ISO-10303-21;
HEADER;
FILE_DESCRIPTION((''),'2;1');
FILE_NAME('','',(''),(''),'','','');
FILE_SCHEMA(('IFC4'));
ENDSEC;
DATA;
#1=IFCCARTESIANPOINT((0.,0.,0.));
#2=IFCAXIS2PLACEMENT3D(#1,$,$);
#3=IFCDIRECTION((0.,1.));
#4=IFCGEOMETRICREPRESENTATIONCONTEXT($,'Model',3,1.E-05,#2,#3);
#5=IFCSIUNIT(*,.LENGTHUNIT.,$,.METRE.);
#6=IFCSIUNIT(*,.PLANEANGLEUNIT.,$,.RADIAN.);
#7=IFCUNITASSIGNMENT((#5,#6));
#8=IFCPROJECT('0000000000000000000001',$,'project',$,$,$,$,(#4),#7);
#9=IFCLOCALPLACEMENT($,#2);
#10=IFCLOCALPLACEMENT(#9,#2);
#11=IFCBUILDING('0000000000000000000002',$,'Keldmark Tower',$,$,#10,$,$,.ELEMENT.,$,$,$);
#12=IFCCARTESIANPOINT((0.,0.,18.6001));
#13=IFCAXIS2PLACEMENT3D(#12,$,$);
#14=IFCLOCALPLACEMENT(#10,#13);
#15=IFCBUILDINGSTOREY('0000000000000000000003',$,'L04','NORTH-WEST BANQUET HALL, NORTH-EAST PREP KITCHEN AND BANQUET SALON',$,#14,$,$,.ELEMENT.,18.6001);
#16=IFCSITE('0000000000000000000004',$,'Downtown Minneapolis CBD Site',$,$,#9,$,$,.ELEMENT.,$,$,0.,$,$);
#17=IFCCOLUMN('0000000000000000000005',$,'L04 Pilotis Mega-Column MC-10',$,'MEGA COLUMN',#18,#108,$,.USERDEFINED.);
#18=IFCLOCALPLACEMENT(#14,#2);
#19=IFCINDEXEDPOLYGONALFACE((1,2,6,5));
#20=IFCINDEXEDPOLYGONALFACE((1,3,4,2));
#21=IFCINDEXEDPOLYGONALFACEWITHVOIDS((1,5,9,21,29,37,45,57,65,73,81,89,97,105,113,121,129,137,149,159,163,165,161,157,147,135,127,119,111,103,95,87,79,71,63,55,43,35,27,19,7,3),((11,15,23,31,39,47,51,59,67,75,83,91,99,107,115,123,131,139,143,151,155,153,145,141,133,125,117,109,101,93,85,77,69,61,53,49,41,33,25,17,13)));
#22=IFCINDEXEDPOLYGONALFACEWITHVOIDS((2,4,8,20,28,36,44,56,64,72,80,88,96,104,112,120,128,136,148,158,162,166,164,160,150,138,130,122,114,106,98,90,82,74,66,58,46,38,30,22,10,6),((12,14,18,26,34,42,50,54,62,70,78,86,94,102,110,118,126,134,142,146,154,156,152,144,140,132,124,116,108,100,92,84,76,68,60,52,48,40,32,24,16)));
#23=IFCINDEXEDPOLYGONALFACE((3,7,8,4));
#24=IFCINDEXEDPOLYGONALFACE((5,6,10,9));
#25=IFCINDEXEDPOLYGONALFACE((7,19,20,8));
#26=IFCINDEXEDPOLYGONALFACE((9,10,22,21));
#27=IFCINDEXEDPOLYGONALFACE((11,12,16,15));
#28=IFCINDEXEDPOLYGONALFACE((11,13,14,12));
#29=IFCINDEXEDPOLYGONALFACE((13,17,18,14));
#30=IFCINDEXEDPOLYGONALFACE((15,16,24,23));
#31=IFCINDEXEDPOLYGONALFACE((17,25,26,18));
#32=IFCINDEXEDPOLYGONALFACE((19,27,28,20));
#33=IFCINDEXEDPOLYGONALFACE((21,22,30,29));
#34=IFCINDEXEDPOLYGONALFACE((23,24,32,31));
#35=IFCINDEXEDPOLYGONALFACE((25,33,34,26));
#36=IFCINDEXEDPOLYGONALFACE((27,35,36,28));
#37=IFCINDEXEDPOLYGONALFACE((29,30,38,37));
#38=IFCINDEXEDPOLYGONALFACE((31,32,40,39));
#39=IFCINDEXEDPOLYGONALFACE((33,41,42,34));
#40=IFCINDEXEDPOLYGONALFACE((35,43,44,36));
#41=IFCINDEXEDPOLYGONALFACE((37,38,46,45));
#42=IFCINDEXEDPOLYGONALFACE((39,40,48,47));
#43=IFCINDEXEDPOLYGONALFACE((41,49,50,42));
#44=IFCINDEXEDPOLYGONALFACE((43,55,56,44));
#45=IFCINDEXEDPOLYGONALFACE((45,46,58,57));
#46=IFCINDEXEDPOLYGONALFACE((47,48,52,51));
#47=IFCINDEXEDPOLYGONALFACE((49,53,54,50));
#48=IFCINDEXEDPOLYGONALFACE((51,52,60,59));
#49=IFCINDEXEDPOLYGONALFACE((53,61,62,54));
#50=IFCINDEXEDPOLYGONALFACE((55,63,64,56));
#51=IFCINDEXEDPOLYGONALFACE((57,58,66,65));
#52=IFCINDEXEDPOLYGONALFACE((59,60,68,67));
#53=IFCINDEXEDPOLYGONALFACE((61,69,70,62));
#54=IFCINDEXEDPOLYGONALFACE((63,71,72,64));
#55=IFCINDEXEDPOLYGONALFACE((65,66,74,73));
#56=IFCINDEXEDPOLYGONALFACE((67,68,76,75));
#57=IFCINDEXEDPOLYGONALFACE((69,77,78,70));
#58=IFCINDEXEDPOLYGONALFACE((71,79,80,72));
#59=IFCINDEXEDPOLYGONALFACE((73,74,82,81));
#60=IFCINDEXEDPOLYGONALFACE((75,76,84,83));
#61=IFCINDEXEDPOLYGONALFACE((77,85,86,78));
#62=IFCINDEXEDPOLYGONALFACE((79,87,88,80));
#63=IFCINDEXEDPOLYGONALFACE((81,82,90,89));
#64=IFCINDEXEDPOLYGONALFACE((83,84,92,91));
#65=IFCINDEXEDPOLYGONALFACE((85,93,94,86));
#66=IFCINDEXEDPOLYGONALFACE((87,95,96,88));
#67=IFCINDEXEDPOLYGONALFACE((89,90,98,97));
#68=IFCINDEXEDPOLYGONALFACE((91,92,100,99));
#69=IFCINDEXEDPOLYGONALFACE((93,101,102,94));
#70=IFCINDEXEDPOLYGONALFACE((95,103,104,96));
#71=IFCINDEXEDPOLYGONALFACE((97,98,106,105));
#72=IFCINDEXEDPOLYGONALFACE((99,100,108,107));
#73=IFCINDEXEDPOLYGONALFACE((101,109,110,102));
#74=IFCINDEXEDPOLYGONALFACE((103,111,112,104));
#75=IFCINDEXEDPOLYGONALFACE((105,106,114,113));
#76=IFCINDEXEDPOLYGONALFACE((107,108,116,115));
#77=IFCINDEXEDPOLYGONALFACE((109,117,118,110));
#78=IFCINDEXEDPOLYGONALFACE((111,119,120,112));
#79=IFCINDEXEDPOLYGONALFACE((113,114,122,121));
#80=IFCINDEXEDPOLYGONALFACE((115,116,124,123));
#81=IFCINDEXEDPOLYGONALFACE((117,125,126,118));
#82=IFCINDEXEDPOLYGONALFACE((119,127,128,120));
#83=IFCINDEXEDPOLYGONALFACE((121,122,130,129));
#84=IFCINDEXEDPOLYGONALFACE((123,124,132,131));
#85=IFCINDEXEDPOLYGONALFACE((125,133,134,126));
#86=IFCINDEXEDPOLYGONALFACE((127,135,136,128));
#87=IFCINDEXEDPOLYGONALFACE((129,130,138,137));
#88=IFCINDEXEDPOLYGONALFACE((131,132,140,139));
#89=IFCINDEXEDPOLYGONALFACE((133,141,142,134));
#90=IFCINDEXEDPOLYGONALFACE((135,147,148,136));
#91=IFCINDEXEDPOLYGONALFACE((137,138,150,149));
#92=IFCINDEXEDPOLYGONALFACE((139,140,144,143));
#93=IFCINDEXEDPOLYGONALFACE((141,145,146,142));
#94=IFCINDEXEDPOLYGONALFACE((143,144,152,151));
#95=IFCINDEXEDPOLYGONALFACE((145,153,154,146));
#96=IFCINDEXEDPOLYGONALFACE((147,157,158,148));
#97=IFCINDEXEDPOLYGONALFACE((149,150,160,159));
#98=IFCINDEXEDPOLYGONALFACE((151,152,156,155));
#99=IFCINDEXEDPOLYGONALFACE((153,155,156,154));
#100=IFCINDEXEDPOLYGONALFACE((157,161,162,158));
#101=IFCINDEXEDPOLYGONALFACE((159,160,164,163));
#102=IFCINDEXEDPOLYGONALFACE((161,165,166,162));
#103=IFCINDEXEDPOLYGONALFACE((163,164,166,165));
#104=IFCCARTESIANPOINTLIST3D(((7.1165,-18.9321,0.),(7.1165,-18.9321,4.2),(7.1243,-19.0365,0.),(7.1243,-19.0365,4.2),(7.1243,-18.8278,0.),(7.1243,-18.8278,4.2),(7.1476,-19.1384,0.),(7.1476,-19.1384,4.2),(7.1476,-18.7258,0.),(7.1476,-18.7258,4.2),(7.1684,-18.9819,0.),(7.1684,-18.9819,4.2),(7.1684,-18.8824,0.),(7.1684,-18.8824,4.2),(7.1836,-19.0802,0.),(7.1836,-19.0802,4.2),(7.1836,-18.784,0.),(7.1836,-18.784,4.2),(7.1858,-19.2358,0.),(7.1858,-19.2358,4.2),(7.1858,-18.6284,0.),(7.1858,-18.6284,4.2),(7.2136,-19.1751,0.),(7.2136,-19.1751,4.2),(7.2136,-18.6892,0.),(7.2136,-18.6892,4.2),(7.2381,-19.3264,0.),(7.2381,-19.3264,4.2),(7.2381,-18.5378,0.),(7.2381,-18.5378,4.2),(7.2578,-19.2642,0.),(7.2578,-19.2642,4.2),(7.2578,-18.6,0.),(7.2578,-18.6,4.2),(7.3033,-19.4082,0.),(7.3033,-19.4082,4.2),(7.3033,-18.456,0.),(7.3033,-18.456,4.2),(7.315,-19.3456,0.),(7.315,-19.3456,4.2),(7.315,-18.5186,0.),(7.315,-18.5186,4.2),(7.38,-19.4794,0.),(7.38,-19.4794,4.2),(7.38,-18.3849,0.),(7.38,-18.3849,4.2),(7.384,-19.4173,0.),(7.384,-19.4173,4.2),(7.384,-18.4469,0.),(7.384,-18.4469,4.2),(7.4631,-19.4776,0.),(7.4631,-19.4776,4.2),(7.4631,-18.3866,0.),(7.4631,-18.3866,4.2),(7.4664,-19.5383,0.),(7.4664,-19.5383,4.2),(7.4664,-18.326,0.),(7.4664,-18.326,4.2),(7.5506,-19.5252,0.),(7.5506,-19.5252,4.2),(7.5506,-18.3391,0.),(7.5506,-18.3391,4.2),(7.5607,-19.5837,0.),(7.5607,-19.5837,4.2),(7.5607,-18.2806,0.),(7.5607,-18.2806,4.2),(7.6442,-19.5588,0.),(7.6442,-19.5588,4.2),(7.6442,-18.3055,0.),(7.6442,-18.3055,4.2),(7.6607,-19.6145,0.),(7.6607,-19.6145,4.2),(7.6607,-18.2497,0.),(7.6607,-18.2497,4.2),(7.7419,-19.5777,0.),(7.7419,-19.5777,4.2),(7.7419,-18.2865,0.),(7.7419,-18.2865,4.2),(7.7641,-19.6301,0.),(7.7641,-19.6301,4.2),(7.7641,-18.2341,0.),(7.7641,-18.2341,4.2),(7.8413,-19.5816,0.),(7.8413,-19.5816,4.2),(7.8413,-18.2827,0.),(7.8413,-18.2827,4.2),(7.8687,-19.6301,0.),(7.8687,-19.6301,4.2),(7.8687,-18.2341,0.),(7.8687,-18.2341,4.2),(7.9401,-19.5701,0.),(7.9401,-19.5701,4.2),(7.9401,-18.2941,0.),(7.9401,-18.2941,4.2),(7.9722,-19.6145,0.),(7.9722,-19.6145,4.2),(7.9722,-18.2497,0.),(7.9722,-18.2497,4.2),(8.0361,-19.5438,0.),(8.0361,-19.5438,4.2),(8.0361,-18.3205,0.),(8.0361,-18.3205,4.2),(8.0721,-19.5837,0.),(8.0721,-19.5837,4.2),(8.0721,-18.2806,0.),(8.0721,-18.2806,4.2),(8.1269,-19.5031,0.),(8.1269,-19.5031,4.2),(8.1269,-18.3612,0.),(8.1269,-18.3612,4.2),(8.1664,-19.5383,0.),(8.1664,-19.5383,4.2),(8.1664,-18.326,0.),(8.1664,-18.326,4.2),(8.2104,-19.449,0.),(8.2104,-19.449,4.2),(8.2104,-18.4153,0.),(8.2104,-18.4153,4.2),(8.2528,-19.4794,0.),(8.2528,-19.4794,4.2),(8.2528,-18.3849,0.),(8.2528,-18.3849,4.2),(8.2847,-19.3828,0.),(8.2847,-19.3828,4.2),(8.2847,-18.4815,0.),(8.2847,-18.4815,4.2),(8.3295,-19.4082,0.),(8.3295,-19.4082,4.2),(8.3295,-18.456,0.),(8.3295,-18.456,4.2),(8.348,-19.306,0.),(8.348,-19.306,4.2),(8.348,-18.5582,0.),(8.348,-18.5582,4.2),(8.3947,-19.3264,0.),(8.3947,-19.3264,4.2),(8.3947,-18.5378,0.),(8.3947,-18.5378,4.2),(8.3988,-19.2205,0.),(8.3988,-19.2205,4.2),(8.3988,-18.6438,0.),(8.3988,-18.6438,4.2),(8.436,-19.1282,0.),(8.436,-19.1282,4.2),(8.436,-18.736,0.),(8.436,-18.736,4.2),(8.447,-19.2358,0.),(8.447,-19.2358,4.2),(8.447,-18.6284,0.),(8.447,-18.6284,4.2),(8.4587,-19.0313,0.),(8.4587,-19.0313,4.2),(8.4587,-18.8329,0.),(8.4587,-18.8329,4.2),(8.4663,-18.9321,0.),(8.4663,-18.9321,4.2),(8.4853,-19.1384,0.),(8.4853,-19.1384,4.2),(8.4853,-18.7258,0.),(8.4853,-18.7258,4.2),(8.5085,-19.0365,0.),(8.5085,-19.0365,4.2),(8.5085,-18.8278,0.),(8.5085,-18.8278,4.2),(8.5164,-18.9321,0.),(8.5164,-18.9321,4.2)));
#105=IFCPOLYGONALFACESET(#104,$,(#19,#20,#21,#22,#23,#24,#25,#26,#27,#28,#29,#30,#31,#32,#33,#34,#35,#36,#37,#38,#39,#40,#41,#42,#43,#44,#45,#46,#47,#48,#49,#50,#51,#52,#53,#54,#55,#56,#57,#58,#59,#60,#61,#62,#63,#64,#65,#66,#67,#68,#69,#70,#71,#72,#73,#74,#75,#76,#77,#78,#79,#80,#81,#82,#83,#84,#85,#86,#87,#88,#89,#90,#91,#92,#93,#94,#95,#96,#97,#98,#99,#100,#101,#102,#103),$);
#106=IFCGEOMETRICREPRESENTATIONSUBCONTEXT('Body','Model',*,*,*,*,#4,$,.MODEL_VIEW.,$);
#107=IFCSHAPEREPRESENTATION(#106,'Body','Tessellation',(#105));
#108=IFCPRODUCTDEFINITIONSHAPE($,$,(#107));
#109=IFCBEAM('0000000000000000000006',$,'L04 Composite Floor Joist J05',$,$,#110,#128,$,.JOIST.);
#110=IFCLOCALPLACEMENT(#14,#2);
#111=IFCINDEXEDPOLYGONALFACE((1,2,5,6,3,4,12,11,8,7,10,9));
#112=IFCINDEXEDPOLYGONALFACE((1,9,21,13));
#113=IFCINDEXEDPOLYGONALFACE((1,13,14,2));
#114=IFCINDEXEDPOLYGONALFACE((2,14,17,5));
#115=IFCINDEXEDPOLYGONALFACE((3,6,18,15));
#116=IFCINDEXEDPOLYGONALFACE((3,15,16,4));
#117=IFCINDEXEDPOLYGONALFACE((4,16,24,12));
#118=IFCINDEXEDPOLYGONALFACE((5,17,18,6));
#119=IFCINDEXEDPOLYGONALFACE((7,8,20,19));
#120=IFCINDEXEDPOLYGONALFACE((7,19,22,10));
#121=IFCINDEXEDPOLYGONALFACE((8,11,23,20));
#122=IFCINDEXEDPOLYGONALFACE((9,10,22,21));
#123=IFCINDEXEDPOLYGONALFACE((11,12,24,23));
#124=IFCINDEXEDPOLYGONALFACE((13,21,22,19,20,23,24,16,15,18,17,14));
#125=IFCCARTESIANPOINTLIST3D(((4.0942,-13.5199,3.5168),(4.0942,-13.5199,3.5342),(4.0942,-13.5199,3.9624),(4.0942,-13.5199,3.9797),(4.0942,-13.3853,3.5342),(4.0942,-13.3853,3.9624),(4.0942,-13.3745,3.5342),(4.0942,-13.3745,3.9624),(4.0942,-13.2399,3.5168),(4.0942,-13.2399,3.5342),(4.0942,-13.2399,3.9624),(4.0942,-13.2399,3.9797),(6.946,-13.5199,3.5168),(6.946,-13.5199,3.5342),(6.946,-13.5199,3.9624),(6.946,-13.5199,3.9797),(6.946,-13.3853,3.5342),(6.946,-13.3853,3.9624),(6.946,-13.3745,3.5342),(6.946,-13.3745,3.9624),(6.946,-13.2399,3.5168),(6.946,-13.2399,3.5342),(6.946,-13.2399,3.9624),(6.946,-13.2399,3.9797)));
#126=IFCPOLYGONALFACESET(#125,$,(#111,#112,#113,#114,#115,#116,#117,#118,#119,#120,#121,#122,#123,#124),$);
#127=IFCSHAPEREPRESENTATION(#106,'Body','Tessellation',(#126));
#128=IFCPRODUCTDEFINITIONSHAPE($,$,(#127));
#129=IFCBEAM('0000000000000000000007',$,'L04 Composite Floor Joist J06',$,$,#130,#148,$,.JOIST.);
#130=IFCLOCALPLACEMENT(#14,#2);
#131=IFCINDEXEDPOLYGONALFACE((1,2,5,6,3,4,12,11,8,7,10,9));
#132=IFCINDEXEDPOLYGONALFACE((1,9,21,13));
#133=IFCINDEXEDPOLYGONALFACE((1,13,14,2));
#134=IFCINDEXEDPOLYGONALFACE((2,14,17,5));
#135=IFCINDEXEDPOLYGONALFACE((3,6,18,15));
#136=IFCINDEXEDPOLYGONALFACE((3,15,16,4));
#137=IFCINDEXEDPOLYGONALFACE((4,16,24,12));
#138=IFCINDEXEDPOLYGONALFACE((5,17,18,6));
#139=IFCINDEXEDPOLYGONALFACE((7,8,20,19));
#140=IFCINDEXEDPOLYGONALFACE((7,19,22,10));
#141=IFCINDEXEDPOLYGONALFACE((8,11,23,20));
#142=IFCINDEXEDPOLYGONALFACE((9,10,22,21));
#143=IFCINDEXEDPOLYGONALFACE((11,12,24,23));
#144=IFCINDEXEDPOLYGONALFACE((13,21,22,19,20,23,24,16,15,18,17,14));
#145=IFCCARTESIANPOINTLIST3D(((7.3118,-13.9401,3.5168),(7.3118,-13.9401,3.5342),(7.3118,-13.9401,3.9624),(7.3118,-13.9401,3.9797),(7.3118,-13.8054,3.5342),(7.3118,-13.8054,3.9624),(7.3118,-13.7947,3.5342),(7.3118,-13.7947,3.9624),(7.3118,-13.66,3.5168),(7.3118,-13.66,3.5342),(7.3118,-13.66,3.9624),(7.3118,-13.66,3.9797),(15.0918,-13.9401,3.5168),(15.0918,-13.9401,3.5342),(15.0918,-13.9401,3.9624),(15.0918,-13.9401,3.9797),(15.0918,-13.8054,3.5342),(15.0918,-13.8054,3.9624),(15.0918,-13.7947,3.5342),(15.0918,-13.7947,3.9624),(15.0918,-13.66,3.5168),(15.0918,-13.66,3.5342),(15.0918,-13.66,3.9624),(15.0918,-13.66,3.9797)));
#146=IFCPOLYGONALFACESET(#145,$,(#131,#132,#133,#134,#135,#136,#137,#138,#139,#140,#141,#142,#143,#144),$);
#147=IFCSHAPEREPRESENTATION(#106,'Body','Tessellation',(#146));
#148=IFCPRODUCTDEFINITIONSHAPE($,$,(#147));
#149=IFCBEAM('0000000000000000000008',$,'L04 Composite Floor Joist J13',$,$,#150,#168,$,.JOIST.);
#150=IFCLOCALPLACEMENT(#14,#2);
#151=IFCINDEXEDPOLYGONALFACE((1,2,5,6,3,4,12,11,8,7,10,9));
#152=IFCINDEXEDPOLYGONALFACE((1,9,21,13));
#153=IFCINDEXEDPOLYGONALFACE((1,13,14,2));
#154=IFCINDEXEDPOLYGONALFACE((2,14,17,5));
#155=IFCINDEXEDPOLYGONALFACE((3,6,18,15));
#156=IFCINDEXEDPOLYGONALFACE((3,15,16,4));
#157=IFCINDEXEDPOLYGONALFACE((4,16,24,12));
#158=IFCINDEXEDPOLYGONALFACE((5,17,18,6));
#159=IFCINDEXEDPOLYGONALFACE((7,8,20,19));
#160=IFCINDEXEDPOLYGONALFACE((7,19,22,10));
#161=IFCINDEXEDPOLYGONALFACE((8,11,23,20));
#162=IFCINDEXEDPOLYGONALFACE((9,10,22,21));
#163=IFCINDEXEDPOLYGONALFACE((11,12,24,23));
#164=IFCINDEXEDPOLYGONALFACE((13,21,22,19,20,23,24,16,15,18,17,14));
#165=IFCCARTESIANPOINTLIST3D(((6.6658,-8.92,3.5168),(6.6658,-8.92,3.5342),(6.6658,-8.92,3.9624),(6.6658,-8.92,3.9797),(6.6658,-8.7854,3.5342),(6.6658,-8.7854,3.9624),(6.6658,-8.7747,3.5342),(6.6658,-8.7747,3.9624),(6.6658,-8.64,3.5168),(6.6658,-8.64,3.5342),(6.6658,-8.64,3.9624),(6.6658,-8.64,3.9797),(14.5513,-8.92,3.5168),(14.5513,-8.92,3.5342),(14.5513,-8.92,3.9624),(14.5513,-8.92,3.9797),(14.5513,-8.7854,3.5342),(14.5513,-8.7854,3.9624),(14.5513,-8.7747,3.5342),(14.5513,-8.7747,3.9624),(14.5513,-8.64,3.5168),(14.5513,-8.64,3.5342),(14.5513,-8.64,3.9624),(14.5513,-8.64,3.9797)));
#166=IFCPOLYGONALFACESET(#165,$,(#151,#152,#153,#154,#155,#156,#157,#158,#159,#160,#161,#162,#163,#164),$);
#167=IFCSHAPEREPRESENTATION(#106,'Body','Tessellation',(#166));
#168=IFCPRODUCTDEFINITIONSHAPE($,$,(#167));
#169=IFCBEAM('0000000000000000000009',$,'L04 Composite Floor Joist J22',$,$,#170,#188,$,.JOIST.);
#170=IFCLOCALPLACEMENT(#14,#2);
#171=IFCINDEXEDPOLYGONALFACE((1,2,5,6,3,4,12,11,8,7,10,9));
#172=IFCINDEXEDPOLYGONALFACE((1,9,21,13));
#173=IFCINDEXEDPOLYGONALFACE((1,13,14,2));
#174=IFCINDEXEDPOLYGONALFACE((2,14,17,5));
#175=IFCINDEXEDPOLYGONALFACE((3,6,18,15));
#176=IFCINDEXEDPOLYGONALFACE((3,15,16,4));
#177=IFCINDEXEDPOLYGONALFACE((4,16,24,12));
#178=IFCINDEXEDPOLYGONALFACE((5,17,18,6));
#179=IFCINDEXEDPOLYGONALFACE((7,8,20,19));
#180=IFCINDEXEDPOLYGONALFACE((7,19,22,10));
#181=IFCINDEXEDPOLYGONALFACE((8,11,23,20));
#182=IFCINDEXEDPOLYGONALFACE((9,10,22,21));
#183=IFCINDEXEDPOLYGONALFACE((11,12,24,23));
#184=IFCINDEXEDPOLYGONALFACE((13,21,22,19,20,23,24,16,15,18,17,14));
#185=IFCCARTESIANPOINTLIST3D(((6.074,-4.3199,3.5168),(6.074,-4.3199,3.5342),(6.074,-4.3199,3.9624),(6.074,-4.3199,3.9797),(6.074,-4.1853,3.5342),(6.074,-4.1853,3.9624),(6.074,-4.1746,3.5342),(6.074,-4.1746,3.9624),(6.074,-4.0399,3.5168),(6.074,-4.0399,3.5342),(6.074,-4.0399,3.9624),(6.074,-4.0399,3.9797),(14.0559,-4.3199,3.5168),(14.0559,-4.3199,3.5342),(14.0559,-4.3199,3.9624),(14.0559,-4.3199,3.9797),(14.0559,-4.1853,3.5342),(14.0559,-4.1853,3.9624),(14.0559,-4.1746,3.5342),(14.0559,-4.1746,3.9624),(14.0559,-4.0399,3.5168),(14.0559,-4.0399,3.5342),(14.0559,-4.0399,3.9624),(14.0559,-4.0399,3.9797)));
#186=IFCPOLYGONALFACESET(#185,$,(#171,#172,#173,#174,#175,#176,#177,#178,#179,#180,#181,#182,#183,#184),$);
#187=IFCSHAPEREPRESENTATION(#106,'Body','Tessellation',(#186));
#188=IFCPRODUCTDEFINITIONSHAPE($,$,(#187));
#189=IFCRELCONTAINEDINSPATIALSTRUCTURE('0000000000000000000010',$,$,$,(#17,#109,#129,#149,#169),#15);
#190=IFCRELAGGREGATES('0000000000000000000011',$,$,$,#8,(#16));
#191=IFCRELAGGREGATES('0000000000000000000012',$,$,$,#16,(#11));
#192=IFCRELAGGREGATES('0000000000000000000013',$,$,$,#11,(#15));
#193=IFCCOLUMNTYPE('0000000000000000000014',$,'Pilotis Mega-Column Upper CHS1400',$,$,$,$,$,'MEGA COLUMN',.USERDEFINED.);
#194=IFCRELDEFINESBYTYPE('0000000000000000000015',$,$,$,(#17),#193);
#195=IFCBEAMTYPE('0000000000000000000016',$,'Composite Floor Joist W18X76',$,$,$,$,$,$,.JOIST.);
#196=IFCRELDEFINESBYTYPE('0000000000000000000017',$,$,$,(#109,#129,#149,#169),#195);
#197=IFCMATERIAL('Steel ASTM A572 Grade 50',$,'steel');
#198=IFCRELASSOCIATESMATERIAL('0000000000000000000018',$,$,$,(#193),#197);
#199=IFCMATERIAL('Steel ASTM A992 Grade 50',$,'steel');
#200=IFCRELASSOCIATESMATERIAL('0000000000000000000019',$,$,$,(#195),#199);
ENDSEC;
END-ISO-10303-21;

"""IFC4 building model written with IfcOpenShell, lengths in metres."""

from ifc_helpers import new_model, si_unit, direction, frame, origin, origin_2d, place, context, subcontext, project, spatial, hollow_circle, i_section, extrude, material, material_profile, profile_set, type_object, element, save


model = new_model("IFC4")

# Units and contexts
model_context = context("Model", 3, precision=1e-05, world=origin(), true_north=direction((0.0, 1.0)))
body_context = subcontext(model_context, "Body", "Model", "MODEL_VIEW")
ifc_project = project(units=[si_unit("LENGTHUNIT", "METRE"), si_unit("PLANEANGLEUNIT", "RADIAN")], contexts=[model_context])

# Site, building, storey
site_placement = place(None, origin())
site = spatial("IfcSite", under=ifc_project, at=site_placement, Name="Downtown Minneapolis CBD Site", CompositionType="ELEMENT", RefElevation=0.0)
building_placement = place(site_placement, origin())
building = spatial("IfcBuilding", under=site, at=building_placement, Name="Keldmark Tower", CompositionType="ELEMENT")
storey_placement = place(building_placement, frame((0.0, 0.0, 18.6001)))
storey = spatial("IfcBuildingStorey", under=building, at=storey_placement, Name="L04", Description="NORTH-WEST BANQUET HALL, NORTH-EAST PREP KITCHEN AND BANQUET SALON", CompositionType="ELEMENT", Elevation=18.6001)

# Column
ifc_material_1 = material(Name="Steel ASTM A572 Grade 50", Category="steel")
ifc_material_profile_1 = material_profile(ifc_material_1, hollow_circle(Radius=0.7, WallThickness=0.05, at=origin_2d()), Name="CHS1400X50")
ifc_profile_set_1 = profile_set([ifc_material_profile_1], Name="Steel ASTM A572 Grade 50")
column_type = type_object("IfcColumnType", Name="Pilotis Mega-Column Upper CHS1400", ElementType="MEGA COLUMN", PredefinedType="USERDEFINED", material=ifc_profile_set_1)
column_placement = place(storey_placement, frame((7.8164, -18.9321, 0.0), z_axis=(0.0, 0.0, 1.0), x_axis=(1.0, 0.0, 0.0)))
element("IfcColumn", 1, at=column_placement, inside=storey, type_object=column_type, Name="L04 Pilotis Mega-Column MC-10", ObjectType="MEGA COLUMN", PredefinedType="USERDEFINED", context=body_context, shape_type="SweptSolid", body=[
    extrude(hollow_circle(Radius=0.7, WallThickness=0.05, at=origin_2d()), origin(), (0.0, 0.0, 1.0), 4.2),
])

# Beams
ifc_material_2 = material(Name="Steel ASTM A992 Grade 50", Category="steel")
ifc_material_profile_2 = material_profile(ifc_material_2, i_section(OverallWidth=0.28, OverallDepth=0.4629, WebThickness=0.0107, FlangeThickness=0.0173, at=origin_2d()), Name="W18X76")
ifc_profile_set_2 = profile_set([ifc_material_profile_2], Name="Steel ASTM A992 Grade 50")
beam_type_1 = type_object("IfcBeamType", Name="Composite Floor Joist W18X76", PredefinedType="JOIST", material=ifc_profile_set_2)
beam_1_placement = place(storey_placement, frame((4.0942, -13.3799, 3.7483), z_axis=(1.0, 0.0, 0.0), x_axis=(0.0, 1.0, 0.0)))
element("IfcBeam", 2, at=beam_1_placement, inside=storey, type_object=beam_type_1, Name="L04 Composite Floor Joist J05", PredefinedType="JOIST", context=body_context, shape_type="SweptSolid", body=[
    extrude(i_section(OverallWidth=0.28, OverallDepth=0.4629, WebThickness=0.0107, FlangeThickness=0.0173, at=origin_2d()), origin(), (0.0, 0.0, 1.0), 2.8518),
])
beam_2_placement = place(storey_placement, frame((7.3118, -13.8, 3.7483), z_axis=(1.0, 0.0, 0.0), x_axis=(0.0, 1.0, 0.0)))
element("IfcBeam", 3, at=beam_2_placement, inside=storey, type_object=beam_type_1, Name="L04 Composite Floor Joist J06", PredefinedType="JOIST", context=body_context, shape_type="SweptSolid", body=[
    extrude(i_section(OverallWidth=0.28, OverallDepth=0.4629, WebThickness=0.0107, FlangeThickness=0.0173, at=origin_2d()), origin(), (0.0, 0.0, 1.0), 7.78),
])
beam_3_placement = place(storey_placement, frame((6.6658, -8.78, 3.7483), z_axis=(1.0, 0.0, 0.0), x_axis=(0.0, 1.0, 0.0)))
element("IfcBeam", 4, at=beam_3_placement, inside=storey, type_object=beam_type_1, Name="L04 Composite Floor Joist J13", PredefinedType="JOIST", context=body_context, shape_type="SweptSolid", body=[
    extrude(i_section(OverallWidth=0.28, OverallDepth=0.4629, WebThickness=0.0107, FlangeThickness=0.0173, at=origin_2d()), origin(), (0.0, 0.0, 1.0), 7.8855),
])
beam_4_placement = place(storey_placement, frame((6.074, -4.1799, 3.7483), z_axis=(1.0, 0.0, 0.0), x_axis=(0.0, 1.0, 0.0)))
element("IfcBeam", 5, at=beam_4_placement, inside=storey, type_object=beam_type_1, Name="L04 Composite Floor Joist J22", PredefinedType="JOIST", context=body_context, shape_type="SweptSolid", body=[
    extrude(i_section(OverallWidth=0.28, OverallDepth=0.4629, WebThickness=0.0107, FlangeThickness=0.0173, at=origin_2d()), origin(), (0.0, 0.0, 1.0), 7.9819),
])

save(model, "model.ifc")
